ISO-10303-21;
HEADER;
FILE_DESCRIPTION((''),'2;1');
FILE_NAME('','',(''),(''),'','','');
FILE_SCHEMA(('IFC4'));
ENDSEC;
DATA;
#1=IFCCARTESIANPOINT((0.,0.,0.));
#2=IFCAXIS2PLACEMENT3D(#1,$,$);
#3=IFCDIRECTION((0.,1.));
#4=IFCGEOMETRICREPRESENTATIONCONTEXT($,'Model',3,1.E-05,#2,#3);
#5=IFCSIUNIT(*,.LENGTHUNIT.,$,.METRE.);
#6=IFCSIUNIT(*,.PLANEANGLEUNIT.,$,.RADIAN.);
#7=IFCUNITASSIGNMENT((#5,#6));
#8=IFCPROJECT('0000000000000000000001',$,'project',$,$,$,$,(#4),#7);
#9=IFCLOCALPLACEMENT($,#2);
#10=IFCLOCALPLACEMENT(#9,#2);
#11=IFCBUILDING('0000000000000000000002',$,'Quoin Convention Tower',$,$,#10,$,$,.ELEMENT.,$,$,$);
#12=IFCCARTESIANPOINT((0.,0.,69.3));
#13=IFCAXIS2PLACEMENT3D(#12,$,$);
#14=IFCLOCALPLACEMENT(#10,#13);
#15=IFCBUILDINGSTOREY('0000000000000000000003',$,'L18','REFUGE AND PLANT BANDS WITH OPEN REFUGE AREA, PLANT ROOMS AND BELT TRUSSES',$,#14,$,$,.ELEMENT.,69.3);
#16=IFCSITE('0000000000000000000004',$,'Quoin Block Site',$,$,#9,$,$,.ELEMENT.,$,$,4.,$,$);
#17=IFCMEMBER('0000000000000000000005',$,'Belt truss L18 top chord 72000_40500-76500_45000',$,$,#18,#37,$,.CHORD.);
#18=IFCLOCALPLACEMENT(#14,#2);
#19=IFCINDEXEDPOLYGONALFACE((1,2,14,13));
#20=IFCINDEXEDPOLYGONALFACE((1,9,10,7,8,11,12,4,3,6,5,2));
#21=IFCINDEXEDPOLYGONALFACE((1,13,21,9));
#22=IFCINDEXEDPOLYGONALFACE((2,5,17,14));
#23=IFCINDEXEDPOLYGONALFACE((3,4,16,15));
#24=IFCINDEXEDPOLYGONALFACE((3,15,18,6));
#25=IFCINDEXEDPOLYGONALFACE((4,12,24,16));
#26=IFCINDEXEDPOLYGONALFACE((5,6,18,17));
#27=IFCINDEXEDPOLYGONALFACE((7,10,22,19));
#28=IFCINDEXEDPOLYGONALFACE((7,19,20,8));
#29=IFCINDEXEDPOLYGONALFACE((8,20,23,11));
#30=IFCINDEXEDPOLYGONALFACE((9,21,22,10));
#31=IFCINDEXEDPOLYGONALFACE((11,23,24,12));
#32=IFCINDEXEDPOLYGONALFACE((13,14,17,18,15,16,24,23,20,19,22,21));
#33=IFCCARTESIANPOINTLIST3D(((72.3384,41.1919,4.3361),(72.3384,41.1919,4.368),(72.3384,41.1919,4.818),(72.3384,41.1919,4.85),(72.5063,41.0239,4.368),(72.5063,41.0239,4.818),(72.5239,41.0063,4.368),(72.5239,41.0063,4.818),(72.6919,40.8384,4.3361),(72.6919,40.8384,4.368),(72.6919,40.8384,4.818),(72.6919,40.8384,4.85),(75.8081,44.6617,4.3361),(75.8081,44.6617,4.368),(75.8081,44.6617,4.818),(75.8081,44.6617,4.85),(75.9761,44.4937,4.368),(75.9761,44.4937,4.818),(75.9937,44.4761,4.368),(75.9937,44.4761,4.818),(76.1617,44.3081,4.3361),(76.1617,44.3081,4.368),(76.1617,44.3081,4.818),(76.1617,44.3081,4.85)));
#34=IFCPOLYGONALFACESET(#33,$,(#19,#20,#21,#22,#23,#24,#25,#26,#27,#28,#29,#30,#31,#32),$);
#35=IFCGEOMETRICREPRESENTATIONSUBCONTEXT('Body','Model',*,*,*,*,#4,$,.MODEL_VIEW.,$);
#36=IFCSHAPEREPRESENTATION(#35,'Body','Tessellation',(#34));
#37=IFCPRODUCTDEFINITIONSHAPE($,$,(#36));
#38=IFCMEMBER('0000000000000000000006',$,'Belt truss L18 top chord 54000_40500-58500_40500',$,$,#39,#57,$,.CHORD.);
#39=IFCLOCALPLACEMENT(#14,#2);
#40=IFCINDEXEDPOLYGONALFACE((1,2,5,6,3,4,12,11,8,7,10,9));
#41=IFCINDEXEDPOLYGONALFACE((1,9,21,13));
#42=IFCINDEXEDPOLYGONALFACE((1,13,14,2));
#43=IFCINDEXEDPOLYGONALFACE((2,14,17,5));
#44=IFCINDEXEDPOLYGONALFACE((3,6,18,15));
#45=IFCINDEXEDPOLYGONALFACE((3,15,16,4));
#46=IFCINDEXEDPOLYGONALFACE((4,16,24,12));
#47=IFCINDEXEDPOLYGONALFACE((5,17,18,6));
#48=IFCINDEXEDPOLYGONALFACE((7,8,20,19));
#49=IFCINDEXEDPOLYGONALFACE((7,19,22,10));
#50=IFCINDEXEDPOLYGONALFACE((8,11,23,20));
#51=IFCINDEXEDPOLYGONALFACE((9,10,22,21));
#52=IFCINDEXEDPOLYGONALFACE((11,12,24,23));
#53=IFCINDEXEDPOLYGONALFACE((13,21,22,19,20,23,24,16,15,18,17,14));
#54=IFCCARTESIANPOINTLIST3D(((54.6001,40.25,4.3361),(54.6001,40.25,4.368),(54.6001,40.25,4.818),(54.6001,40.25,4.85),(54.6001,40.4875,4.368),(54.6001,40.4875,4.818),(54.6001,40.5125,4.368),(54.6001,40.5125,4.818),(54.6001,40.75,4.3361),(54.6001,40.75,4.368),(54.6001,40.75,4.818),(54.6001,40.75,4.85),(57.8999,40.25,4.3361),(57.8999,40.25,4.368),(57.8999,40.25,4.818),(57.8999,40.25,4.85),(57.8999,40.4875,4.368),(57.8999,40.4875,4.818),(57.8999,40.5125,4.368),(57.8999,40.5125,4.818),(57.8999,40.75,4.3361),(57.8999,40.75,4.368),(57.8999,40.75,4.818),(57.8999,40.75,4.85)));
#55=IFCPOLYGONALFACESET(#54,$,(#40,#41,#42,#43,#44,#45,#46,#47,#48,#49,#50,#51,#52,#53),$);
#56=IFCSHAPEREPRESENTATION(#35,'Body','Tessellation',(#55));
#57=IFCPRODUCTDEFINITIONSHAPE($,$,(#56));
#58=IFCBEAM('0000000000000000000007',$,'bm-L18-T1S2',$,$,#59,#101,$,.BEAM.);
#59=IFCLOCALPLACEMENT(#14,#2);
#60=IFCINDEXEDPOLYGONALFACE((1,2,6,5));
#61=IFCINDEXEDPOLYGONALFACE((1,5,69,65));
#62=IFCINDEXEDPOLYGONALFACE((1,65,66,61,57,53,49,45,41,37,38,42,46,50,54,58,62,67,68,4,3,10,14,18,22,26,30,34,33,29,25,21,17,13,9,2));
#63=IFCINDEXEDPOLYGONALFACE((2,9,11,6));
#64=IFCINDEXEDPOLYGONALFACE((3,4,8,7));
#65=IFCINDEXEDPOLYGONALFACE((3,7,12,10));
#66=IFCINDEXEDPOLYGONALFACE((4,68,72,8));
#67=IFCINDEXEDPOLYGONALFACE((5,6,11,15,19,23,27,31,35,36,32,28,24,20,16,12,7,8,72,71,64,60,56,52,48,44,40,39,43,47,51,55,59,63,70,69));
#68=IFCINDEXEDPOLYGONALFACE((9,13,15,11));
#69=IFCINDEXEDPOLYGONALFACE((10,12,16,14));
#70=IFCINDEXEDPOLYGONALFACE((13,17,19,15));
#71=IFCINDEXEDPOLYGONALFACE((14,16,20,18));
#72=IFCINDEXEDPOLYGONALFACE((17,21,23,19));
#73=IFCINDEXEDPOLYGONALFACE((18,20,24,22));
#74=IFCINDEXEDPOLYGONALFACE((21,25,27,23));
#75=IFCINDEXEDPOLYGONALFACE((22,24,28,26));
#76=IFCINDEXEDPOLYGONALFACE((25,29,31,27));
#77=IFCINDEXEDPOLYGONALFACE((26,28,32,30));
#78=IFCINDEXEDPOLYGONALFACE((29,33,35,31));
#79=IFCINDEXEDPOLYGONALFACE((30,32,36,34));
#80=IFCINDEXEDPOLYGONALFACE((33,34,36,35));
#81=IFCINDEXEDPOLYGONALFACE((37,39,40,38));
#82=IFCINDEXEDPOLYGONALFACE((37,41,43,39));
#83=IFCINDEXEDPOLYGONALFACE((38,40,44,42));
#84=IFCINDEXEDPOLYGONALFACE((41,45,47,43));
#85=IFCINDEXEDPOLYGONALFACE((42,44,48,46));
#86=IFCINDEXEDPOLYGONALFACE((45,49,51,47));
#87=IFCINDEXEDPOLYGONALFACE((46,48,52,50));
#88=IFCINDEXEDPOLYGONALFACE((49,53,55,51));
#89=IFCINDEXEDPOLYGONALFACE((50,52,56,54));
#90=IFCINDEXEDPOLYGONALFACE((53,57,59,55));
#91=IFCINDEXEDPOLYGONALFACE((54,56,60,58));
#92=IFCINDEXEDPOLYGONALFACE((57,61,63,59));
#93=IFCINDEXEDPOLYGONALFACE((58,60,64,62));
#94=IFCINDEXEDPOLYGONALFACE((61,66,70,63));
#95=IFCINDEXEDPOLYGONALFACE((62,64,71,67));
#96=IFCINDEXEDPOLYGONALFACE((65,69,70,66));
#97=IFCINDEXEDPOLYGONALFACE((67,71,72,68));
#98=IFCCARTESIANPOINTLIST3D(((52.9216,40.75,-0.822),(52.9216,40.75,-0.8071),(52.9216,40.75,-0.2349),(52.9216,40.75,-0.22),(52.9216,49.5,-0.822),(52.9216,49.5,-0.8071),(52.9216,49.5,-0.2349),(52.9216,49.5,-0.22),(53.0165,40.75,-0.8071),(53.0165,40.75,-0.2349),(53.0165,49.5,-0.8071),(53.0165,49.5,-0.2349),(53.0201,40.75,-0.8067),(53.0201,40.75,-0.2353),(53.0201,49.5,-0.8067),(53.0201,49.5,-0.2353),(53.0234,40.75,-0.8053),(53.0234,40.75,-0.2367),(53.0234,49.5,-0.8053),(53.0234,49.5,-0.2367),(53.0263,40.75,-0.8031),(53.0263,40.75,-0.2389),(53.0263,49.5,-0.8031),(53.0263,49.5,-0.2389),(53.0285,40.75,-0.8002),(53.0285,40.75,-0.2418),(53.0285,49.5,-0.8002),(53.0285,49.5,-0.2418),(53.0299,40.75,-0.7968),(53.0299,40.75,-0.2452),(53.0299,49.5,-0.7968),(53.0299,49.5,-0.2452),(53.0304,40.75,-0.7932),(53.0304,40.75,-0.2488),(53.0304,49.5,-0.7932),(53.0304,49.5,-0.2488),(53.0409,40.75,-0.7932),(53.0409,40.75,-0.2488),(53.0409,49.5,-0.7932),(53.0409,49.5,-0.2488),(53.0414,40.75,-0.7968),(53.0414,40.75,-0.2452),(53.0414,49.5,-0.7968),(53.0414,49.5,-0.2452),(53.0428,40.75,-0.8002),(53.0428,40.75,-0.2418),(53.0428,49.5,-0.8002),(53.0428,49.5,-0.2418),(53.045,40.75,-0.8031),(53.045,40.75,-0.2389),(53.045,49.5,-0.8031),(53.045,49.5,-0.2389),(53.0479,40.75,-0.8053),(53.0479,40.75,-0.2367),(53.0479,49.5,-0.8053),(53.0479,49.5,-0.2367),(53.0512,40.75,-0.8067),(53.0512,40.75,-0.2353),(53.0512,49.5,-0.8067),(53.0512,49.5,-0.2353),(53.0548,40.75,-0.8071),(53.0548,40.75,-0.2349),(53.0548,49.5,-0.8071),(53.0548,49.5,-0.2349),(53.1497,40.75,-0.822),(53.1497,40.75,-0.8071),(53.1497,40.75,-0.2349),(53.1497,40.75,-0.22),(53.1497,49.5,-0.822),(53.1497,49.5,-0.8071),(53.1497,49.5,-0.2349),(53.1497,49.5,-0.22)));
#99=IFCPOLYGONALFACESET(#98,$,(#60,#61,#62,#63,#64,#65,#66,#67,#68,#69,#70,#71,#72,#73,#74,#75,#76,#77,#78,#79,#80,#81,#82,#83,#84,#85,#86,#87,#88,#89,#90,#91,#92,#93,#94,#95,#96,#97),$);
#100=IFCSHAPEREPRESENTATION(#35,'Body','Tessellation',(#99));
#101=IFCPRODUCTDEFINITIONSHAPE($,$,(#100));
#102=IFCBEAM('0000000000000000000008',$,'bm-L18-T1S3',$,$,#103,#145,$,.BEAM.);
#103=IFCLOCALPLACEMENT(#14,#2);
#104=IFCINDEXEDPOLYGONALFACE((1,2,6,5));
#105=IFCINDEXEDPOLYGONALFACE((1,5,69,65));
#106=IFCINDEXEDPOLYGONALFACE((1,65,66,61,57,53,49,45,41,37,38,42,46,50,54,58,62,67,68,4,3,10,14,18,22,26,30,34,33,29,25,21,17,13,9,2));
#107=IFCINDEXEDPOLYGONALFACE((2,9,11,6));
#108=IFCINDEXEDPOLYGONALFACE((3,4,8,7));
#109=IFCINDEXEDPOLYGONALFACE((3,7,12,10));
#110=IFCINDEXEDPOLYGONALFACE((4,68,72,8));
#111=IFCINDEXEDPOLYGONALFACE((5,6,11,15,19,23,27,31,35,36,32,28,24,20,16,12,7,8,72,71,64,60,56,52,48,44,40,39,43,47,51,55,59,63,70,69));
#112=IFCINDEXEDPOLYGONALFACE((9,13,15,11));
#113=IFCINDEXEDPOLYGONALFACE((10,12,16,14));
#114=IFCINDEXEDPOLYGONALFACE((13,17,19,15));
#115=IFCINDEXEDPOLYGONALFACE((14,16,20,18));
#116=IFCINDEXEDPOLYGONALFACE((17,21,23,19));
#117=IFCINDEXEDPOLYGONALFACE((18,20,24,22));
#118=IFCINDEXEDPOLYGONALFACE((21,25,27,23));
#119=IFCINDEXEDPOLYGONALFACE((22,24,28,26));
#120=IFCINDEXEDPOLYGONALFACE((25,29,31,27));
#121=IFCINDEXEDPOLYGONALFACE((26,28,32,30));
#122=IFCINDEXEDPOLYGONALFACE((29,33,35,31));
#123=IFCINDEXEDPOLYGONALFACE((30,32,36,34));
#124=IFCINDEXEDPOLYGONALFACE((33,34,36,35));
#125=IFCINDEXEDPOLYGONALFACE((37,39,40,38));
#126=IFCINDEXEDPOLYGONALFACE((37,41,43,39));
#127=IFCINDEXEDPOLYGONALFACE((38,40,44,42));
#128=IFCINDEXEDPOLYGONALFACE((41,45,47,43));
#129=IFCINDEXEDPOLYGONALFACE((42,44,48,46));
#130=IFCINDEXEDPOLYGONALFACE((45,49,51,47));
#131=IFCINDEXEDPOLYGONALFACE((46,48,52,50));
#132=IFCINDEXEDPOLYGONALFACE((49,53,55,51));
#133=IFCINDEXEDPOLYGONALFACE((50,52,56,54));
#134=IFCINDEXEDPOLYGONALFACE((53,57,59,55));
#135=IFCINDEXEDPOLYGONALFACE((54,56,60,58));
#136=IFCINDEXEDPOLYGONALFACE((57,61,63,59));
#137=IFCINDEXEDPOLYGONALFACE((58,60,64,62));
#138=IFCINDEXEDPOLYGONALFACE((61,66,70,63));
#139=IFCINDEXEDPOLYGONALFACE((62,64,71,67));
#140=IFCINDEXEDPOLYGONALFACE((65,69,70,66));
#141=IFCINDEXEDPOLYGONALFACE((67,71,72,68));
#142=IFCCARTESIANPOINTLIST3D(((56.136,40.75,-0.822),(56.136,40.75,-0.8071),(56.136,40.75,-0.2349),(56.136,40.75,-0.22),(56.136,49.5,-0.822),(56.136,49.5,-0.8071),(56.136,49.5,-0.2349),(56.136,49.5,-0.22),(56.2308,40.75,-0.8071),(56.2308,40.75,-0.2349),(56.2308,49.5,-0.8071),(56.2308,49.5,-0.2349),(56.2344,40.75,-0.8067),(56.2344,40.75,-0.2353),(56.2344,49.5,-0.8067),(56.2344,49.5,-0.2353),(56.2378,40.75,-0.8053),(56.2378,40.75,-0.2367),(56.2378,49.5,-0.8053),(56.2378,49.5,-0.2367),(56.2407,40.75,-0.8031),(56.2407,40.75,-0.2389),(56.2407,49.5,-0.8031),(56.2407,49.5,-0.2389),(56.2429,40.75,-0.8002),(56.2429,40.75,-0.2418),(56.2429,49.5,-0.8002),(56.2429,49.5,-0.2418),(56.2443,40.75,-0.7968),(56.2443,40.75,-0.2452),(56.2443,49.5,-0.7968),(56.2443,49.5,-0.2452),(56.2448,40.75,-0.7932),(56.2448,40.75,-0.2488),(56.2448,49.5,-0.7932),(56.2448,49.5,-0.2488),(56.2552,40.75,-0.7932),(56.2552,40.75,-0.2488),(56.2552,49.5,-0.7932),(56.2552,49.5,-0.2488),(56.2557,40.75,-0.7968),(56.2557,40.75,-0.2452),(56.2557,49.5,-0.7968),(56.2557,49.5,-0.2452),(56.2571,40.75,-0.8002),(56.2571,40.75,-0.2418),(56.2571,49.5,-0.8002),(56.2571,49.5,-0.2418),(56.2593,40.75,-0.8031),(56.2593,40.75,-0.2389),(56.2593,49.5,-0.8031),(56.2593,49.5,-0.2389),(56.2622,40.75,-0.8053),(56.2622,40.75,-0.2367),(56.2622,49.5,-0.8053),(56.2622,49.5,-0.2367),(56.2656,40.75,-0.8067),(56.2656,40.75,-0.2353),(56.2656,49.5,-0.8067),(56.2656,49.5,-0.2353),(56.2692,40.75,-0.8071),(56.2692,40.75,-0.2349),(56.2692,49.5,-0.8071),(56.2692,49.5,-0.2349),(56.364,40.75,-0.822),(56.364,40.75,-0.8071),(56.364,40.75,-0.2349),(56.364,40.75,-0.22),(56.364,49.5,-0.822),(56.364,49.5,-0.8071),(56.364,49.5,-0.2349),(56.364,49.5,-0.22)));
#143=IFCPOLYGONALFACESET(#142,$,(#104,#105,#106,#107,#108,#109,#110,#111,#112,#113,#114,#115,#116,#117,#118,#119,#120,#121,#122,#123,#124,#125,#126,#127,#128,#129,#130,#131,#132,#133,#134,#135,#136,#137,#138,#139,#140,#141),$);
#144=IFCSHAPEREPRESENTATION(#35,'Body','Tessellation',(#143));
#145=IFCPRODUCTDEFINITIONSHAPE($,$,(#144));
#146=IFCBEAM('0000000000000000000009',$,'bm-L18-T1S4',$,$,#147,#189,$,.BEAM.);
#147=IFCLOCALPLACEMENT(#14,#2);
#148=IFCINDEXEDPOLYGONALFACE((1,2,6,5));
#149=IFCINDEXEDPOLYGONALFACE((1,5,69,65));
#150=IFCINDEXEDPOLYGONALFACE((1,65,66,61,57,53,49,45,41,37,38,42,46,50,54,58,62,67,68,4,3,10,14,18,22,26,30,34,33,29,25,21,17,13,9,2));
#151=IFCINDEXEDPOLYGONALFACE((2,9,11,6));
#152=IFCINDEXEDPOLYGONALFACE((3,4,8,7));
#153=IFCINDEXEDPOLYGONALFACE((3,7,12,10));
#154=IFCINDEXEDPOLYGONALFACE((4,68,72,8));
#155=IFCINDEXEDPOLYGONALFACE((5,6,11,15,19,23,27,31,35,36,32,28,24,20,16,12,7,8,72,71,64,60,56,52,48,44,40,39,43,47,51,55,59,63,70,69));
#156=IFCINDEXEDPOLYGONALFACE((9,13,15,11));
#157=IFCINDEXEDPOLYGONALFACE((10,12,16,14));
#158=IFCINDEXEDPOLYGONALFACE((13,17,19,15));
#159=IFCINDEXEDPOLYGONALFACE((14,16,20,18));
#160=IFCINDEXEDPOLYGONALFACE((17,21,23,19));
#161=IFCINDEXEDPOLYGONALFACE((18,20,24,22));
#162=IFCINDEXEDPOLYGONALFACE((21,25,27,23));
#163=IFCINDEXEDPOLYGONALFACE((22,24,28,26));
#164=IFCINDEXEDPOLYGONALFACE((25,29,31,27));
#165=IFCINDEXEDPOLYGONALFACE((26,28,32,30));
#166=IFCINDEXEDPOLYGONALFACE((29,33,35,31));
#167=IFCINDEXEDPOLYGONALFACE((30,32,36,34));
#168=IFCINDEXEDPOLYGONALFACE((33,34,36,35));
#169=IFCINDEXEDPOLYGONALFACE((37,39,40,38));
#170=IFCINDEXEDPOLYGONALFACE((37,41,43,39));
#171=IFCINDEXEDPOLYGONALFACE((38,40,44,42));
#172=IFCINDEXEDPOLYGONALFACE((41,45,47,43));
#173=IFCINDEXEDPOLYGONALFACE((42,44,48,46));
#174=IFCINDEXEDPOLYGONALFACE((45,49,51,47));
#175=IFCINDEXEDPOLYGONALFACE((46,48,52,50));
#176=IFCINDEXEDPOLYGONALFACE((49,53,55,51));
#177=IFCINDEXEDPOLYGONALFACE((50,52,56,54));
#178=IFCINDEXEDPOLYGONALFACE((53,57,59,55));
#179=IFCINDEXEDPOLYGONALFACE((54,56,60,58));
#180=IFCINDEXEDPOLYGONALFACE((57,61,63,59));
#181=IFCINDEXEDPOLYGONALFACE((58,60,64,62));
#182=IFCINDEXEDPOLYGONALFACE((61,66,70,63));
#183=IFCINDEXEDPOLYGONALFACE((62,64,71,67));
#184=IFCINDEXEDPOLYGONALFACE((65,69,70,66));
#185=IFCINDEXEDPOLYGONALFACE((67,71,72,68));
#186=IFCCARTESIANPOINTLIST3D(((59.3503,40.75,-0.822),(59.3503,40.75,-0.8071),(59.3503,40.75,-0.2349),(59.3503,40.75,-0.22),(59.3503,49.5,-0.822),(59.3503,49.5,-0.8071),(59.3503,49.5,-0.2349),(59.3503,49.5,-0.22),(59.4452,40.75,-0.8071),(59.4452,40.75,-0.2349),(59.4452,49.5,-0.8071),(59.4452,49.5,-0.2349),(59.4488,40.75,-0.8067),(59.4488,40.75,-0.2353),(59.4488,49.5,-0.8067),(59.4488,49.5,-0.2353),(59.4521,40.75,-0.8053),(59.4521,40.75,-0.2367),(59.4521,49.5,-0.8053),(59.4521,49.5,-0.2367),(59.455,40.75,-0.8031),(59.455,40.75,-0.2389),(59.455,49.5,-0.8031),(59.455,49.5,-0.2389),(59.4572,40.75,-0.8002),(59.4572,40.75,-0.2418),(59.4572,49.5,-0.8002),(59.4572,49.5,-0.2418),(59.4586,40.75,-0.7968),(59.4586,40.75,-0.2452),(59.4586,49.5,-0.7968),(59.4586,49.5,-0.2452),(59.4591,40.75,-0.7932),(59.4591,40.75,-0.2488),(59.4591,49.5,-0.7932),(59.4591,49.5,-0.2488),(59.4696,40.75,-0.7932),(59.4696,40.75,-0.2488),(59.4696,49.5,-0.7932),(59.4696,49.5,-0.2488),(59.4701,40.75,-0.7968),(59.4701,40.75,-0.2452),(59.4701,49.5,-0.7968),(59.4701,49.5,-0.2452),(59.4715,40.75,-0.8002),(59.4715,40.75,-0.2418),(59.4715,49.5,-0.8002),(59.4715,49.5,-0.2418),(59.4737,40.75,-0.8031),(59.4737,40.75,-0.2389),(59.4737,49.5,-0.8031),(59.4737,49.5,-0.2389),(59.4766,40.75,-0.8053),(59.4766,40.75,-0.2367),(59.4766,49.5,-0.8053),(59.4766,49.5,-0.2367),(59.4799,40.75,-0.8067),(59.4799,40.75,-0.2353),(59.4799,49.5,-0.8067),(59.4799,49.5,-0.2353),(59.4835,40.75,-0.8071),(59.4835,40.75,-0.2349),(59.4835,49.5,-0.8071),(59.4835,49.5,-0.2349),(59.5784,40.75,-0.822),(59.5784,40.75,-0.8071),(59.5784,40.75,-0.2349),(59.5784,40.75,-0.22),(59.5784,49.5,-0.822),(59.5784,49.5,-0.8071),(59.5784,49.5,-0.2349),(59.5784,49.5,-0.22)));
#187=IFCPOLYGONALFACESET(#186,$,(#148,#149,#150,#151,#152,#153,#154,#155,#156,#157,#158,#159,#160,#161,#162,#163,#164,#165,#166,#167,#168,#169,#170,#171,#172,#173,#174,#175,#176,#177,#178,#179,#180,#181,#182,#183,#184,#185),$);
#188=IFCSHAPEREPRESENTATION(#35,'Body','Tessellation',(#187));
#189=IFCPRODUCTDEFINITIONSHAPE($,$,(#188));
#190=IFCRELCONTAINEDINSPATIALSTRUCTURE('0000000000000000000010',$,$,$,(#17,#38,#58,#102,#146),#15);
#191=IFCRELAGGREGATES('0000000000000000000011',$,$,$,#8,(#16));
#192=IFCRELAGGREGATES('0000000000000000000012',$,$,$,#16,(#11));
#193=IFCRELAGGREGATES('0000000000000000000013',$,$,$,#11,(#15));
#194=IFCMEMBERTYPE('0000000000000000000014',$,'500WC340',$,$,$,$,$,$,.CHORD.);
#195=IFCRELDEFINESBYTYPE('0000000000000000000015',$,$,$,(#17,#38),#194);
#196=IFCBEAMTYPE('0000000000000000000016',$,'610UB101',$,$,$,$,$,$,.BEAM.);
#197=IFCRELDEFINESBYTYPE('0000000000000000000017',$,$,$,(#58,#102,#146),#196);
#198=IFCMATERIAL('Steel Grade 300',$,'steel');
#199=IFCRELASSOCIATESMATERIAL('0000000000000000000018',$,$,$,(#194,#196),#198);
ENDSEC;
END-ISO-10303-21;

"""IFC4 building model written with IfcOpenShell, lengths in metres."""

from ifc_helpers import new_model, si_unit, direction, frame, origin, origin_2d, place, context, subcontext, project, spatial, i_section, extrude, material, material_profile, profile_set, type_object, element, save


model = new_model("IFC4")

# Units and contexts
model_context = context("Model", 3, precision=1e-05, world=origin(), true_north=direction((0.0, 1.0)))
body_context = subcontext(model_context, "Body", "Model", "MODEL_VIEW")
ifc_project = project(units=[si_unit("LENGTHUNIT", "METRE"), si_unit("PLANEANGLEUNIT", "RADIAN")], contexts=[model_context])

# Site, building, storey
site_placement = place(None, origin())
site = spatial("IfcSite", under=ifc_project, at=site_placement, Name="Quoin Block Site", CompositionType="ELEMENT", RefElevation=4.0)
building_placement = place(site_placement, origin())
building = spatial("IfcBuilding", under=site, at=building_placement, Name="Quoin Convention Tower", CompositionType="ELEMENT")
storey_placement = place(building_placement, frame((0.0, 0.0, 69.3)))
storey = spatial("IfcBuildingStorey", under=building, at=storey_placement, Name="L18", Description="REFUGE AND PLANT BANDS WITH OPEN REFUGE AREA, PLANT ROOMS AND BELT TRUSSES", CompositionType="ELEMENT", Elevation=69.3)

# Members
ifc_material_1 = material(Name="Steel Grade 300", Category="steel")
ifc_material_profile_1 = material_profile(ifc_material_1, i_section(OverallWidth=0.5, OverallDepth=0.5139, WebThickness=0.0249, FlangeThickness=0.032, at=origin_2d()), Name="500WC340")
ifc_profile_set_1 = profile_set([ifc_material_profile_1], Name="Steel Grade 300")
member_type_1 = type_object("IfcMemberType", Name="500WC340", PredefinedType="CHORD", material=ifc_profile_set_1)
member_1_placement = place(storey_placement, frame((72.5151, 41.0151, 4.593), z_axis=(0.707107, 0.707107, 0.0), x_axis=(-0.707107, 0.707107, 0.0)))
element("IfcMember", 1, at=member_1_placement, inside=storey, type_object=member_type_1, Name="Belt truss L18 top chord 72000_40500-76500_45000", PredefinedType="CHORD", context=body_context, shape_type="SweptSolid", body=[
    extrude(i_section(OverallWidth=0.5, OverallDepth=0.5139, WebThickness=0.0249, FlangeThickness=0.032, at=origin_2d()), origin(), (0.0, 0.0, 1.0), 4.907),
])
member_2_placement = place(storey_placement, frame((54.6001, 40.5, 4.593), z_axis=(1.0, 0.0, 0.0), x_axis=(0.0, 1.0, 0.0)))
element("IfcMember", 2, at=member_2_placement, inside=storey, type_object=member_type_1, Name="Belt truss L18 top chord 54000_40500-58500_40500", PredefinedType="CHORD", context=body_context, shape_type="SweptSolid", body=[
    extrude(i_section(OverallWidth=0.5, OverallDepth=0.5139, WebThickness=0.0249, FlangeThickness=0.032, at=origin_2d()), origin(), (0.0, 0.0, 1.0), 3.2998),
])

# Beams
ifc_material_profile_2 = material_profile(ifc_material_1, i_section(OverallWidth=0.228, OverallDepth=0.6021, WebThickness=0.0105, FlangeThickness=0.0149, FilletRadius=0.0139, at=origin_2d()), Name="610UB101")
ifc_profile_set_2 = profile_set([ifc_material_profile_2], Name="Steel Grade 300")
beam_type_1 = type_object("IfcBeamType", Name="610UB101", PredefinedType="BEAM", material=ifc_profile_set_2)
for number, where, z_axis, x_axis, name in (
    (3, (53.0356, 40.75, -0.521), (0.0, 1.0, 0.0), (-1.0, 0.0, 0.0), "bm-L18-T1S2"),
    (4, (56.25, 40.75, -0.521), (0.0, 1.0, 0.0), (-1.0, 0.0, 0.0), "bm-L18-T1S3"),
    (5, (59.4644, 40.75, -0.521), (0.0, 1.0, 0.0), (-1.0, 0.0, 0.0), "bm-L18-T1S4"),
):
    element("IfcBeam", number, at=place(storey_placement, frame(where, z_axis=z_axis, x_axis=x_axis)), inside=storey, type_object=beam_type_1, Name=name, PredefinedType="BEAM", context=body_context, shape_type="SweptSolid", body=[
        extrude(i_section(OverallWidth=0.228, OverallDepth=0.6021, WebThickness=0.0105, FlangeThickness=0.0149, FilletRadius=0.0139, at=origin_2d()), origin(), (0.0, 0.0, 1.0), 8.75),
    ])

save(model, "model.ifc")
